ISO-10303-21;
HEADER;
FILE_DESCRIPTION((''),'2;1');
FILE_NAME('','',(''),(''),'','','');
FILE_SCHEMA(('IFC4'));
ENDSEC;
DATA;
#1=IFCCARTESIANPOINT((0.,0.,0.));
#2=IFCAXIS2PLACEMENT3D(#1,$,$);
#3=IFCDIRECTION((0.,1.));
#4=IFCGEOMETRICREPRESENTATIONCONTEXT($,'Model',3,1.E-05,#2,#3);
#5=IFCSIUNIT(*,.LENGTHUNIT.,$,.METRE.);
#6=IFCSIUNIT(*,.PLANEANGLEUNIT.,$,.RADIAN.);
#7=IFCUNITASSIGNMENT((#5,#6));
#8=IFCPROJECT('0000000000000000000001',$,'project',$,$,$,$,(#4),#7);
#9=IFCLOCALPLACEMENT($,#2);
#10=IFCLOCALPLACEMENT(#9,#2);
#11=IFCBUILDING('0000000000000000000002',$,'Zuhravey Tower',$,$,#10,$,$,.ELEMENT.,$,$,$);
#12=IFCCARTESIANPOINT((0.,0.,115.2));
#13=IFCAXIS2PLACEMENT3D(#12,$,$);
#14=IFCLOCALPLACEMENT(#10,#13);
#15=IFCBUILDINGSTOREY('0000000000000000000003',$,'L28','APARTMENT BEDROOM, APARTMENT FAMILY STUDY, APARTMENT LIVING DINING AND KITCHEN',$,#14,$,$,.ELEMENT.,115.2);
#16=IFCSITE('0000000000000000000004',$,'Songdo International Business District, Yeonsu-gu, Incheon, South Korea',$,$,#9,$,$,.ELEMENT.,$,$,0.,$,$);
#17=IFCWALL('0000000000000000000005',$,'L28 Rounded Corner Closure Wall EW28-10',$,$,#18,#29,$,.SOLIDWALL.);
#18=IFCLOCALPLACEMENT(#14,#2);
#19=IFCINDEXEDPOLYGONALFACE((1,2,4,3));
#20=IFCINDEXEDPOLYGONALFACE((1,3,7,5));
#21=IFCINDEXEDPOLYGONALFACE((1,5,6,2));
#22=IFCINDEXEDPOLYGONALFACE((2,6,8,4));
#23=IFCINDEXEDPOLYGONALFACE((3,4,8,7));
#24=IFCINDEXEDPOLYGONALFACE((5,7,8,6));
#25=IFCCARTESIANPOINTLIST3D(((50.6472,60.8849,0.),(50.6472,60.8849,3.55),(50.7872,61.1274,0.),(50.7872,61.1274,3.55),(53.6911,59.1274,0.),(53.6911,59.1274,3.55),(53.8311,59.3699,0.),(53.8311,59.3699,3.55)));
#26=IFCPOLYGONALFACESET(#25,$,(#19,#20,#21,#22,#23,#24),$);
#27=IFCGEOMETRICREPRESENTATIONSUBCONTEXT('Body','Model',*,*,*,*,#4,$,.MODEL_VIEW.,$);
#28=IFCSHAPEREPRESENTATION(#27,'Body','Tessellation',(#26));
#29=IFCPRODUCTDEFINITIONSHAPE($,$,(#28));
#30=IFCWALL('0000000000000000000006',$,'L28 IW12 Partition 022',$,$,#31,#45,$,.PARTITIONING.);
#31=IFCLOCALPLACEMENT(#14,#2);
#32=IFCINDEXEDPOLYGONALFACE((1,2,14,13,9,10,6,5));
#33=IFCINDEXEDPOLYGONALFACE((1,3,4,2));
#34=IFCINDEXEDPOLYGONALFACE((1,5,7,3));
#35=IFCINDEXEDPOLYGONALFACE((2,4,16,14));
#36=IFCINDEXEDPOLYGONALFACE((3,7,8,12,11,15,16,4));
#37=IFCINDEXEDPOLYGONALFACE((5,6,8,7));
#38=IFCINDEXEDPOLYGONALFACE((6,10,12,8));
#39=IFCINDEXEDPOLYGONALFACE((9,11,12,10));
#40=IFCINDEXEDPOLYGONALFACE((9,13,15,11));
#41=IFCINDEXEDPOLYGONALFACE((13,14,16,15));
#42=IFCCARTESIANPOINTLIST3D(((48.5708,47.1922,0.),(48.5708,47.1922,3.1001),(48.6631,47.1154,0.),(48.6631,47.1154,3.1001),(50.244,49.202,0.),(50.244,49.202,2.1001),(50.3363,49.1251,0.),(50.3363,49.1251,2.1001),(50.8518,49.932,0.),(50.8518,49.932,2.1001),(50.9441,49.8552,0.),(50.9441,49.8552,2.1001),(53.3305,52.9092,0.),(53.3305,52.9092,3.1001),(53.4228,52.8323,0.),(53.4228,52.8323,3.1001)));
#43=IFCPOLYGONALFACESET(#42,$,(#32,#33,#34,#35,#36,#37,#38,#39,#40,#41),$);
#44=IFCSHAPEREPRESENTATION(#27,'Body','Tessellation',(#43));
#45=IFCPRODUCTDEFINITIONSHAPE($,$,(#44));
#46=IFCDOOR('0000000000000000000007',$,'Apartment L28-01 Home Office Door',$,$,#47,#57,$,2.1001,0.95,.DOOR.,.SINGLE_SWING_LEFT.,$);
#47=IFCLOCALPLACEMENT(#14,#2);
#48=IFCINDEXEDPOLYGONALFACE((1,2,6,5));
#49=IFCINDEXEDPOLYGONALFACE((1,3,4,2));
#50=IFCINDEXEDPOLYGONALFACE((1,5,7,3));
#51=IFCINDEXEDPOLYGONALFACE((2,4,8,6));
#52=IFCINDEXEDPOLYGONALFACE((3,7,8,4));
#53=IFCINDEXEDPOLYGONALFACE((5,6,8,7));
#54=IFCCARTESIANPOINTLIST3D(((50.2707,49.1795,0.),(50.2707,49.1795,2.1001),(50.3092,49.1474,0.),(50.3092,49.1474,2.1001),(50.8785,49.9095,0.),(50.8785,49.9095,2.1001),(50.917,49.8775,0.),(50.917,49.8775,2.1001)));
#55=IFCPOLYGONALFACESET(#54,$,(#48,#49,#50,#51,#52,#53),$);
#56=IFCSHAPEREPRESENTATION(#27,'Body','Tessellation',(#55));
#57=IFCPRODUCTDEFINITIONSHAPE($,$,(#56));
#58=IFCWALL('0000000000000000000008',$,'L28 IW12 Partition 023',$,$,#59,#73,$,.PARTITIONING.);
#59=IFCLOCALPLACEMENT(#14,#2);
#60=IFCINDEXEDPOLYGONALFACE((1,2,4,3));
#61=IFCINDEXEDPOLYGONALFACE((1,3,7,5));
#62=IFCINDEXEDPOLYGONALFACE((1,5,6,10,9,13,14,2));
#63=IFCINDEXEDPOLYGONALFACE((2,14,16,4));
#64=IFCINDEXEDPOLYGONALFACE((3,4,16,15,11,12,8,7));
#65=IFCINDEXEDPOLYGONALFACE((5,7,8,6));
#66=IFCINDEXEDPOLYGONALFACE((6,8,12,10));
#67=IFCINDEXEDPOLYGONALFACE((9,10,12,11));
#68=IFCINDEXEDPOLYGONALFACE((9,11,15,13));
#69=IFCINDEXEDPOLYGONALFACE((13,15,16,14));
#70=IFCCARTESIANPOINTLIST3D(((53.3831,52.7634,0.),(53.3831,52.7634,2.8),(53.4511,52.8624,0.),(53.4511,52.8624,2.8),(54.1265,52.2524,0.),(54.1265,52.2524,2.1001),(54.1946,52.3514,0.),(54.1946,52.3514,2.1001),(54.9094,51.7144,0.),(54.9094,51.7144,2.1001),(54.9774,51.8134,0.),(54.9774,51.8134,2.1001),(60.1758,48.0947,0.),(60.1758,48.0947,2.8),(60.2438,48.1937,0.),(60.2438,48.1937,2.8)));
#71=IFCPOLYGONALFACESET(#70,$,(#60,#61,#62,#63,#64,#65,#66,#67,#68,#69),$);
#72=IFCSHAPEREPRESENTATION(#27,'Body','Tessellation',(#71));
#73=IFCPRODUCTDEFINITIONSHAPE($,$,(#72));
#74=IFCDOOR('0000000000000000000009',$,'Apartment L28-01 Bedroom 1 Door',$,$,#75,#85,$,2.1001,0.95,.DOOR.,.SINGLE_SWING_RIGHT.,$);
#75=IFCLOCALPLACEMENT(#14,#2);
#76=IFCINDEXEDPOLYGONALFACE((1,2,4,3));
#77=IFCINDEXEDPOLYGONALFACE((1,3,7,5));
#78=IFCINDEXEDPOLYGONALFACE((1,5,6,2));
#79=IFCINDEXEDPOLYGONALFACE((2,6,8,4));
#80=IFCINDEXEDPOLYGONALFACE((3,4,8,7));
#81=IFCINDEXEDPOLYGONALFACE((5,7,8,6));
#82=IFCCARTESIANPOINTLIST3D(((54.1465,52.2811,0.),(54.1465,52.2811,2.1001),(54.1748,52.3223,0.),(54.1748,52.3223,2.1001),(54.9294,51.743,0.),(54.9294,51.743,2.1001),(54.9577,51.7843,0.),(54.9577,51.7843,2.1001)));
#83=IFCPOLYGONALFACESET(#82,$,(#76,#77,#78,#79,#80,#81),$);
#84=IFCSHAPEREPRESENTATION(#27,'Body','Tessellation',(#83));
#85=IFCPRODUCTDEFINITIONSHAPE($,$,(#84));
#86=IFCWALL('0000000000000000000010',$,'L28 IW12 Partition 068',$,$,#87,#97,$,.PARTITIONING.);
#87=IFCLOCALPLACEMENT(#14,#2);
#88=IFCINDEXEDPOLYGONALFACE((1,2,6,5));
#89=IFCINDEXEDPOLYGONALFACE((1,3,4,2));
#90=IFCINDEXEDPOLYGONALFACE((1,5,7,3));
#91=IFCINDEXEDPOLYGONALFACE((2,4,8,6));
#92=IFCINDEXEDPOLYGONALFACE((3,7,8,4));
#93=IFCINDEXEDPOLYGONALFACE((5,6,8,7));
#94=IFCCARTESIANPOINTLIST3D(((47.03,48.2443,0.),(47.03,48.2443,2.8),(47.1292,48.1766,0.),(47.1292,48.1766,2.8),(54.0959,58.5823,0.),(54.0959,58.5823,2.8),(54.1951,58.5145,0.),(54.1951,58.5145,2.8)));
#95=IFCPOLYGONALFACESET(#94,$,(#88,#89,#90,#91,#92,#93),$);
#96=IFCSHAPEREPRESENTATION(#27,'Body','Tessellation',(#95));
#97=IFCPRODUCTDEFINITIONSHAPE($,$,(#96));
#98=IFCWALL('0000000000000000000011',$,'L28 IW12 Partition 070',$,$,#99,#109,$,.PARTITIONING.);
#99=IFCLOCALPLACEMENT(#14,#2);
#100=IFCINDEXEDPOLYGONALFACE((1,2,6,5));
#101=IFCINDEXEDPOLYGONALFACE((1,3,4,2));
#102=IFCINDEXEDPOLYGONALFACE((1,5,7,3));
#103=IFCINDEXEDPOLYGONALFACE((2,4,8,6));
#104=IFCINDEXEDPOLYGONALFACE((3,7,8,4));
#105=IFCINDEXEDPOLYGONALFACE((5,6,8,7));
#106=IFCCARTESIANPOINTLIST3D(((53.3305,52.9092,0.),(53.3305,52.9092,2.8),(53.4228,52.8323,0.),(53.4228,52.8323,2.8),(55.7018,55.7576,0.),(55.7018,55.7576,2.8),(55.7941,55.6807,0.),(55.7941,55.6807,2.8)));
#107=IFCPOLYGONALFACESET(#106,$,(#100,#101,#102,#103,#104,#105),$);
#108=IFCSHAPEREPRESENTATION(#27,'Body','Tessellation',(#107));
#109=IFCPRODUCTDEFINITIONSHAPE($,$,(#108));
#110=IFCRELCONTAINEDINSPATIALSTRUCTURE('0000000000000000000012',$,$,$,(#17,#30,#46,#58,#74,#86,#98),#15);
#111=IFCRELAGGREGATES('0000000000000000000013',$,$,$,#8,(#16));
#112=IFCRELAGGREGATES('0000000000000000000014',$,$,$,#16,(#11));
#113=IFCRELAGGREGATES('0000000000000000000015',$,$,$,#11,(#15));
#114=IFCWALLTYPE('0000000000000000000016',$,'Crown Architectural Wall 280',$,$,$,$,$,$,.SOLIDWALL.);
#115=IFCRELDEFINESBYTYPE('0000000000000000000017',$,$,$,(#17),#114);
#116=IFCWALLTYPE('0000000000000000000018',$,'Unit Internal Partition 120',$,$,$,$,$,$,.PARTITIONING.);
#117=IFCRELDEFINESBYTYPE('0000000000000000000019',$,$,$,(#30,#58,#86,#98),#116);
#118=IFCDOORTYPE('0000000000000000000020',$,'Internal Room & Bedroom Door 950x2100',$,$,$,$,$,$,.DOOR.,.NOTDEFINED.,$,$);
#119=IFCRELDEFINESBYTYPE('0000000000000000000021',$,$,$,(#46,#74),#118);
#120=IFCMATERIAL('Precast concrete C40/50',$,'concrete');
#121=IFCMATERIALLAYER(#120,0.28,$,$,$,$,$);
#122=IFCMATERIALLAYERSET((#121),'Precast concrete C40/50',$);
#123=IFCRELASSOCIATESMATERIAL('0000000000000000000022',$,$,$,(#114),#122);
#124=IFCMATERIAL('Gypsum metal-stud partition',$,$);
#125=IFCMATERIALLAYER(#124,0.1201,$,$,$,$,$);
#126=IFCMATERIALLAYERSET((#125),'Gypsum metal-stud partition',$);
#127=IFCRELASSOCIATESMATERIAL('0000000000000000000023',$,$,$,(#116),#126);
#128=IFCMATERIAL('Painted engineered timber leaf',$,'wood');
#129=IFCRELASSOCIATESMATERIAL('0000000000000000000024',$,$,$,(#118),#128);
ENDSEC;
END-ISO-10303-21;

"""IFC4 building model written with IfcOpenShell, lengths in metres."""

from ifc_helpers import new_model, si_unit, direction, frame, frame_2d, origin, place, context, subcontext, project, spatial, rectangle, extrude, material, layer, layer_set, type_object, element, fill, save


model = new_model("IFC4")

# Units and contexts
model_context = context("Model", 3, precision=1e-05, world=origin(), true_north=direction((0.0, 1.0)))
body_context = subcontext(model_context, "Body", "Model", "MODEL_VIEW")
ifc_project = project(units=[si_unit("LENGTHUNIT", "METRE"), si_unit("PLANEANGLEUNIT", "RADIAN")], contexts=[model_context])

# Site, building, storey
site_placement = place(None, origin())
site = spatial("IfcSite", under=ifc_project, at=site_placement, Name="Songdo International Business District, Yeonsu-gu, Incheon, South Korea", CompositionType="ELEMENT", RefElevation=0.0)
building_placement = place(site_placement, origin())
building = spatial("IfcBuilding", under=site, at=building_placement, Name="Zuhravey Tower", CompositionType="ELEMENT")
storey_placement = place(building_placement, frame((0.0, 0.0, 115.2)))
storey = spatial("IfcBuildingStorey", under=building, at=storey_placement, Name="L28", Description="APARTMENT BEDROOM, APARTMENT FAMILY STUDY, APARTMENT LIVING DINING AND KITCHEN", CompositionType="ELEMENT", Elevation=115.2)

# Wall
ifc_material_1 = material(Name="Precast concrete C40/50", Category="concrete")
ifc_layer_1 = layer(ifc_material_1, 0.28)
ifc_layer_set_1 = layer_set([ifc_layer_1], Name="Precast concrete C40/50")
wall_type_1 = type_object("IfcWallType", Name="Crown Architectural Wall 280", PredefinedType="SOLIDWALL", material=ifc_layer_set_1)
wall_1_placement = place(storey_placement, frame((50.7173, 61.0061, 0.0), z_axis=(0.0, 0.0, 1.0), x_axis=(0.866007, -0.500031, 0.0)))
element("IfcWall", 1, at=wall_1_placement, inside=storey, type_object=wall_type_1, Name="L28 Rounded Corner Closure Wall EW28-10", PredefinedType="SOLIDWALL", context=body_context, shape_type="SweptSolid", body=[
    extrude(rectangle(XDim=3.5149, YDim=0.28, at=frame_2d((1.7573, 0.0))), origin(), (0.0, 0.0, 1.0), 3.55),
])

# Walls, openings, doors
ifc_material_2 = material(Name="Gypsum metal-stud partition")
ifc_layer_2 = layer(ifc_material_2, 0.1201)
ifc_layer_set_2 = layer_set([ifc_layer_2], Name="Gypsum metal-stud partition")
wall_type_2 = type_object("IfcWallType", Name="Unit Internal Partition 120", PredefinedType="PARTITIONING", material=ifc_layer_set_2)
wall_2_placement = place(storey_placement, frame((48.6169, 47.1538, 0.0), z_axis=(0.0, 0.0, 1.0), x_axis=(0.639832, 0.768514, 0.0)))
wall_2 = element("IfcWall", 2, at=wall_2_placement, inside=storey, type_object=wall_type_2, Name="L28 IW12 Partition 022", PredefinedType="PARTITIONING", context=body_context, shape_type="SweptSolid", body=[
    extrude(rectangle(XDim=7.439, YDim=0.1201, at=frame_2d((3.7195, 0.0))), origin(), (0.0, 0.0, 1.0), 3.1001),
])
opening_1_placement = place(wall_2_placement, frame((2.615, 0.0, 0.0)))
opening_1 = element("IfcOpeningElement", 3, at=opening_1_placement, cuts=wall_2, PredefinedType="OPENING", context=body_context, shape_type="SweptSolid", body=[
    extrude(rectangle(XDim=0.95, YDim=2.1001, at=frame_2d((0.4751, 1.05))), frame((0.0, 0.072, 0.0), z_axis=(0.0, -1.0, 0.0), x_axis=(1.0, 0.0, 0.0)), (0.0, 0.0, 1.0), 0.144),
])
ifc_material_3 = material(Name="Painted engineered timber leaf", Category="wood")
door_type = type_object("IfcDoorType", Name="Internal Room & Bedroom Door 950x2100", OperationType="NOTDEFINED", PredefinedType="DOOR", material=ifc_material_3)
door_1_placement = place(opening_1_placement, frame((0.95, 0.0, 0.0), z_axis=(0.0, 0.0, 1.0), x_axis=(-1.0, 0.0, 0.0)))
door_1 = element("IfcDoor", 4, at=door_1_placement, inside=storey, type_object=door_type, Name="Apartment L28-01 Home Office Door", OperationType="SINGLE_SWING_LEFT", OverallHeight=2.1001, OverallWidth=0.95, PredefinedType="DOOR", context=body_context, shape_type="SweptSolid", body=[
    extrude(rectangle(XDim=0.95, YDim=2.1001, at=frame_2d((0.4751, 1.05))), frame((0.0, 0.0249, 0.0), z_axis=(0.0, -1.0, 0.0), x_axis=(1.0, 0.0, 0.0)), (0.0, 0.0, 1.0), 0.05),
])
fill(opening_1, door_1)
wall_3_placement = place(storey_placement, frame((60.2097, 48.1443, 0.0), z_axis=(0.0, 0.0, 1.0), x_axis=(-0.824115, 0.566422, 0.0)))
wall_3 = element("IfcWall", 5, at=wall_3_placement, inside=storey, type_object=wall_type_2, Name="L28 IW12 Partition 023", PredefinedType="PARTITIONING", context=body_context, shape_type="SweptSolid", body=[
    extrude(rectangle(XDim=8.2424, YDim=0.1201, at=frame_2d((4.1211, 0.0))), origin(), (0.0, 0.0, 1.0), 2.8),
])
opening_2_placement = place(wall_3_placement, frame((6.3901, 0.0, 0.0)))
opening_2 = element("IfcOpeningElement", 6, at=opening_2_placement, cuts=wall_3, PredefinedType="OPENING", context=body_context, shape_type="SweptSolid", body=[
    extrude(rectangle(XDim=0.95, YDim=2.1001, at=frame_2d((0.4751, 1.05))), frame((0.0, 0.072, 0.0), z_axis=(0.0, -1.0, 0.0), x_axis=(1.0, 0.0, 0.0)), (0.0, 0.0, 1.0), 0.144),
])
door_2_placement = place(opening_2_placement, frame((0.95, 0.0, 0.0), z_axis=(0.0, 0.0, 1.0), x_axis=(-1.0, 0.0, 0.0)))
door_2 = element("IfcDoor", 7, at=door_2_placement, inside=storey, type_object=door_type, Name="Apartment L28-01 Bedroom 1 Door", OperationType="SINGLE_SWING_RIGHT", OverallHeight=2.1001, OverallWidth=0.95, PredefinedType="DOOR", context=body_context, shape_type="SweptSolid", body=[
    extrude(rectangle(XDim=0.95, YDim=2.1001, at=frame_2d((0.4751, 1.05))), frame((0.0, 0.0249, 0.0), z_axis=(0.0, -1.0, 0.0), x_axis=(1.0, 0.0, 0.0)), (0.0, 0.0, 1.0), 0.05),
])
fill(opening_2, door_2)

# Walls
wall_4_placement = place(storey_placement, frame((47.0796, 48.2104, 0.0), z_axis=(0.0, 0.0, 1.0), x_axis=(0.564283, 0.825582, 0.0)))
element("IfcWall", 8, at=wall_4_placement, inside=storey, type_object=wall_type_2, Name="L28 IW12 Partition 068", PredefinedType="PARTITIONING", context=body_context, shape_type="SweptSolid", body=[
    extrude(rectangle(XDim=12.522, YDim=0.1201, at=frame_2d((6.261, 0.0))), origin(), (0.0, 0.0, 1.0), 2.8),
])
wall_5_placement = place(storey_placement, frame((53.3767, 52.8708, 0.0), z_axis=(0.0, 0.0, 1.0), x_axis=(0.639815, 0.768529, 0.0)))
element("IfcWall", 9, at=wall_5_placement, inside=storey, type_object=wall_type_2, Name="L28 IW12 Partition 070", PredefinedType="PARTITIONING", context=body_context, shape_type="SweptSolid", body=[
    extrude(rectangle(XDim=3.7063, YDim=0.1201, at=frame_2d((1.853, 0.0))), origin(), (0.0, 0.0, 1.0), 2.8),
])

save(model, "model.ifc")
